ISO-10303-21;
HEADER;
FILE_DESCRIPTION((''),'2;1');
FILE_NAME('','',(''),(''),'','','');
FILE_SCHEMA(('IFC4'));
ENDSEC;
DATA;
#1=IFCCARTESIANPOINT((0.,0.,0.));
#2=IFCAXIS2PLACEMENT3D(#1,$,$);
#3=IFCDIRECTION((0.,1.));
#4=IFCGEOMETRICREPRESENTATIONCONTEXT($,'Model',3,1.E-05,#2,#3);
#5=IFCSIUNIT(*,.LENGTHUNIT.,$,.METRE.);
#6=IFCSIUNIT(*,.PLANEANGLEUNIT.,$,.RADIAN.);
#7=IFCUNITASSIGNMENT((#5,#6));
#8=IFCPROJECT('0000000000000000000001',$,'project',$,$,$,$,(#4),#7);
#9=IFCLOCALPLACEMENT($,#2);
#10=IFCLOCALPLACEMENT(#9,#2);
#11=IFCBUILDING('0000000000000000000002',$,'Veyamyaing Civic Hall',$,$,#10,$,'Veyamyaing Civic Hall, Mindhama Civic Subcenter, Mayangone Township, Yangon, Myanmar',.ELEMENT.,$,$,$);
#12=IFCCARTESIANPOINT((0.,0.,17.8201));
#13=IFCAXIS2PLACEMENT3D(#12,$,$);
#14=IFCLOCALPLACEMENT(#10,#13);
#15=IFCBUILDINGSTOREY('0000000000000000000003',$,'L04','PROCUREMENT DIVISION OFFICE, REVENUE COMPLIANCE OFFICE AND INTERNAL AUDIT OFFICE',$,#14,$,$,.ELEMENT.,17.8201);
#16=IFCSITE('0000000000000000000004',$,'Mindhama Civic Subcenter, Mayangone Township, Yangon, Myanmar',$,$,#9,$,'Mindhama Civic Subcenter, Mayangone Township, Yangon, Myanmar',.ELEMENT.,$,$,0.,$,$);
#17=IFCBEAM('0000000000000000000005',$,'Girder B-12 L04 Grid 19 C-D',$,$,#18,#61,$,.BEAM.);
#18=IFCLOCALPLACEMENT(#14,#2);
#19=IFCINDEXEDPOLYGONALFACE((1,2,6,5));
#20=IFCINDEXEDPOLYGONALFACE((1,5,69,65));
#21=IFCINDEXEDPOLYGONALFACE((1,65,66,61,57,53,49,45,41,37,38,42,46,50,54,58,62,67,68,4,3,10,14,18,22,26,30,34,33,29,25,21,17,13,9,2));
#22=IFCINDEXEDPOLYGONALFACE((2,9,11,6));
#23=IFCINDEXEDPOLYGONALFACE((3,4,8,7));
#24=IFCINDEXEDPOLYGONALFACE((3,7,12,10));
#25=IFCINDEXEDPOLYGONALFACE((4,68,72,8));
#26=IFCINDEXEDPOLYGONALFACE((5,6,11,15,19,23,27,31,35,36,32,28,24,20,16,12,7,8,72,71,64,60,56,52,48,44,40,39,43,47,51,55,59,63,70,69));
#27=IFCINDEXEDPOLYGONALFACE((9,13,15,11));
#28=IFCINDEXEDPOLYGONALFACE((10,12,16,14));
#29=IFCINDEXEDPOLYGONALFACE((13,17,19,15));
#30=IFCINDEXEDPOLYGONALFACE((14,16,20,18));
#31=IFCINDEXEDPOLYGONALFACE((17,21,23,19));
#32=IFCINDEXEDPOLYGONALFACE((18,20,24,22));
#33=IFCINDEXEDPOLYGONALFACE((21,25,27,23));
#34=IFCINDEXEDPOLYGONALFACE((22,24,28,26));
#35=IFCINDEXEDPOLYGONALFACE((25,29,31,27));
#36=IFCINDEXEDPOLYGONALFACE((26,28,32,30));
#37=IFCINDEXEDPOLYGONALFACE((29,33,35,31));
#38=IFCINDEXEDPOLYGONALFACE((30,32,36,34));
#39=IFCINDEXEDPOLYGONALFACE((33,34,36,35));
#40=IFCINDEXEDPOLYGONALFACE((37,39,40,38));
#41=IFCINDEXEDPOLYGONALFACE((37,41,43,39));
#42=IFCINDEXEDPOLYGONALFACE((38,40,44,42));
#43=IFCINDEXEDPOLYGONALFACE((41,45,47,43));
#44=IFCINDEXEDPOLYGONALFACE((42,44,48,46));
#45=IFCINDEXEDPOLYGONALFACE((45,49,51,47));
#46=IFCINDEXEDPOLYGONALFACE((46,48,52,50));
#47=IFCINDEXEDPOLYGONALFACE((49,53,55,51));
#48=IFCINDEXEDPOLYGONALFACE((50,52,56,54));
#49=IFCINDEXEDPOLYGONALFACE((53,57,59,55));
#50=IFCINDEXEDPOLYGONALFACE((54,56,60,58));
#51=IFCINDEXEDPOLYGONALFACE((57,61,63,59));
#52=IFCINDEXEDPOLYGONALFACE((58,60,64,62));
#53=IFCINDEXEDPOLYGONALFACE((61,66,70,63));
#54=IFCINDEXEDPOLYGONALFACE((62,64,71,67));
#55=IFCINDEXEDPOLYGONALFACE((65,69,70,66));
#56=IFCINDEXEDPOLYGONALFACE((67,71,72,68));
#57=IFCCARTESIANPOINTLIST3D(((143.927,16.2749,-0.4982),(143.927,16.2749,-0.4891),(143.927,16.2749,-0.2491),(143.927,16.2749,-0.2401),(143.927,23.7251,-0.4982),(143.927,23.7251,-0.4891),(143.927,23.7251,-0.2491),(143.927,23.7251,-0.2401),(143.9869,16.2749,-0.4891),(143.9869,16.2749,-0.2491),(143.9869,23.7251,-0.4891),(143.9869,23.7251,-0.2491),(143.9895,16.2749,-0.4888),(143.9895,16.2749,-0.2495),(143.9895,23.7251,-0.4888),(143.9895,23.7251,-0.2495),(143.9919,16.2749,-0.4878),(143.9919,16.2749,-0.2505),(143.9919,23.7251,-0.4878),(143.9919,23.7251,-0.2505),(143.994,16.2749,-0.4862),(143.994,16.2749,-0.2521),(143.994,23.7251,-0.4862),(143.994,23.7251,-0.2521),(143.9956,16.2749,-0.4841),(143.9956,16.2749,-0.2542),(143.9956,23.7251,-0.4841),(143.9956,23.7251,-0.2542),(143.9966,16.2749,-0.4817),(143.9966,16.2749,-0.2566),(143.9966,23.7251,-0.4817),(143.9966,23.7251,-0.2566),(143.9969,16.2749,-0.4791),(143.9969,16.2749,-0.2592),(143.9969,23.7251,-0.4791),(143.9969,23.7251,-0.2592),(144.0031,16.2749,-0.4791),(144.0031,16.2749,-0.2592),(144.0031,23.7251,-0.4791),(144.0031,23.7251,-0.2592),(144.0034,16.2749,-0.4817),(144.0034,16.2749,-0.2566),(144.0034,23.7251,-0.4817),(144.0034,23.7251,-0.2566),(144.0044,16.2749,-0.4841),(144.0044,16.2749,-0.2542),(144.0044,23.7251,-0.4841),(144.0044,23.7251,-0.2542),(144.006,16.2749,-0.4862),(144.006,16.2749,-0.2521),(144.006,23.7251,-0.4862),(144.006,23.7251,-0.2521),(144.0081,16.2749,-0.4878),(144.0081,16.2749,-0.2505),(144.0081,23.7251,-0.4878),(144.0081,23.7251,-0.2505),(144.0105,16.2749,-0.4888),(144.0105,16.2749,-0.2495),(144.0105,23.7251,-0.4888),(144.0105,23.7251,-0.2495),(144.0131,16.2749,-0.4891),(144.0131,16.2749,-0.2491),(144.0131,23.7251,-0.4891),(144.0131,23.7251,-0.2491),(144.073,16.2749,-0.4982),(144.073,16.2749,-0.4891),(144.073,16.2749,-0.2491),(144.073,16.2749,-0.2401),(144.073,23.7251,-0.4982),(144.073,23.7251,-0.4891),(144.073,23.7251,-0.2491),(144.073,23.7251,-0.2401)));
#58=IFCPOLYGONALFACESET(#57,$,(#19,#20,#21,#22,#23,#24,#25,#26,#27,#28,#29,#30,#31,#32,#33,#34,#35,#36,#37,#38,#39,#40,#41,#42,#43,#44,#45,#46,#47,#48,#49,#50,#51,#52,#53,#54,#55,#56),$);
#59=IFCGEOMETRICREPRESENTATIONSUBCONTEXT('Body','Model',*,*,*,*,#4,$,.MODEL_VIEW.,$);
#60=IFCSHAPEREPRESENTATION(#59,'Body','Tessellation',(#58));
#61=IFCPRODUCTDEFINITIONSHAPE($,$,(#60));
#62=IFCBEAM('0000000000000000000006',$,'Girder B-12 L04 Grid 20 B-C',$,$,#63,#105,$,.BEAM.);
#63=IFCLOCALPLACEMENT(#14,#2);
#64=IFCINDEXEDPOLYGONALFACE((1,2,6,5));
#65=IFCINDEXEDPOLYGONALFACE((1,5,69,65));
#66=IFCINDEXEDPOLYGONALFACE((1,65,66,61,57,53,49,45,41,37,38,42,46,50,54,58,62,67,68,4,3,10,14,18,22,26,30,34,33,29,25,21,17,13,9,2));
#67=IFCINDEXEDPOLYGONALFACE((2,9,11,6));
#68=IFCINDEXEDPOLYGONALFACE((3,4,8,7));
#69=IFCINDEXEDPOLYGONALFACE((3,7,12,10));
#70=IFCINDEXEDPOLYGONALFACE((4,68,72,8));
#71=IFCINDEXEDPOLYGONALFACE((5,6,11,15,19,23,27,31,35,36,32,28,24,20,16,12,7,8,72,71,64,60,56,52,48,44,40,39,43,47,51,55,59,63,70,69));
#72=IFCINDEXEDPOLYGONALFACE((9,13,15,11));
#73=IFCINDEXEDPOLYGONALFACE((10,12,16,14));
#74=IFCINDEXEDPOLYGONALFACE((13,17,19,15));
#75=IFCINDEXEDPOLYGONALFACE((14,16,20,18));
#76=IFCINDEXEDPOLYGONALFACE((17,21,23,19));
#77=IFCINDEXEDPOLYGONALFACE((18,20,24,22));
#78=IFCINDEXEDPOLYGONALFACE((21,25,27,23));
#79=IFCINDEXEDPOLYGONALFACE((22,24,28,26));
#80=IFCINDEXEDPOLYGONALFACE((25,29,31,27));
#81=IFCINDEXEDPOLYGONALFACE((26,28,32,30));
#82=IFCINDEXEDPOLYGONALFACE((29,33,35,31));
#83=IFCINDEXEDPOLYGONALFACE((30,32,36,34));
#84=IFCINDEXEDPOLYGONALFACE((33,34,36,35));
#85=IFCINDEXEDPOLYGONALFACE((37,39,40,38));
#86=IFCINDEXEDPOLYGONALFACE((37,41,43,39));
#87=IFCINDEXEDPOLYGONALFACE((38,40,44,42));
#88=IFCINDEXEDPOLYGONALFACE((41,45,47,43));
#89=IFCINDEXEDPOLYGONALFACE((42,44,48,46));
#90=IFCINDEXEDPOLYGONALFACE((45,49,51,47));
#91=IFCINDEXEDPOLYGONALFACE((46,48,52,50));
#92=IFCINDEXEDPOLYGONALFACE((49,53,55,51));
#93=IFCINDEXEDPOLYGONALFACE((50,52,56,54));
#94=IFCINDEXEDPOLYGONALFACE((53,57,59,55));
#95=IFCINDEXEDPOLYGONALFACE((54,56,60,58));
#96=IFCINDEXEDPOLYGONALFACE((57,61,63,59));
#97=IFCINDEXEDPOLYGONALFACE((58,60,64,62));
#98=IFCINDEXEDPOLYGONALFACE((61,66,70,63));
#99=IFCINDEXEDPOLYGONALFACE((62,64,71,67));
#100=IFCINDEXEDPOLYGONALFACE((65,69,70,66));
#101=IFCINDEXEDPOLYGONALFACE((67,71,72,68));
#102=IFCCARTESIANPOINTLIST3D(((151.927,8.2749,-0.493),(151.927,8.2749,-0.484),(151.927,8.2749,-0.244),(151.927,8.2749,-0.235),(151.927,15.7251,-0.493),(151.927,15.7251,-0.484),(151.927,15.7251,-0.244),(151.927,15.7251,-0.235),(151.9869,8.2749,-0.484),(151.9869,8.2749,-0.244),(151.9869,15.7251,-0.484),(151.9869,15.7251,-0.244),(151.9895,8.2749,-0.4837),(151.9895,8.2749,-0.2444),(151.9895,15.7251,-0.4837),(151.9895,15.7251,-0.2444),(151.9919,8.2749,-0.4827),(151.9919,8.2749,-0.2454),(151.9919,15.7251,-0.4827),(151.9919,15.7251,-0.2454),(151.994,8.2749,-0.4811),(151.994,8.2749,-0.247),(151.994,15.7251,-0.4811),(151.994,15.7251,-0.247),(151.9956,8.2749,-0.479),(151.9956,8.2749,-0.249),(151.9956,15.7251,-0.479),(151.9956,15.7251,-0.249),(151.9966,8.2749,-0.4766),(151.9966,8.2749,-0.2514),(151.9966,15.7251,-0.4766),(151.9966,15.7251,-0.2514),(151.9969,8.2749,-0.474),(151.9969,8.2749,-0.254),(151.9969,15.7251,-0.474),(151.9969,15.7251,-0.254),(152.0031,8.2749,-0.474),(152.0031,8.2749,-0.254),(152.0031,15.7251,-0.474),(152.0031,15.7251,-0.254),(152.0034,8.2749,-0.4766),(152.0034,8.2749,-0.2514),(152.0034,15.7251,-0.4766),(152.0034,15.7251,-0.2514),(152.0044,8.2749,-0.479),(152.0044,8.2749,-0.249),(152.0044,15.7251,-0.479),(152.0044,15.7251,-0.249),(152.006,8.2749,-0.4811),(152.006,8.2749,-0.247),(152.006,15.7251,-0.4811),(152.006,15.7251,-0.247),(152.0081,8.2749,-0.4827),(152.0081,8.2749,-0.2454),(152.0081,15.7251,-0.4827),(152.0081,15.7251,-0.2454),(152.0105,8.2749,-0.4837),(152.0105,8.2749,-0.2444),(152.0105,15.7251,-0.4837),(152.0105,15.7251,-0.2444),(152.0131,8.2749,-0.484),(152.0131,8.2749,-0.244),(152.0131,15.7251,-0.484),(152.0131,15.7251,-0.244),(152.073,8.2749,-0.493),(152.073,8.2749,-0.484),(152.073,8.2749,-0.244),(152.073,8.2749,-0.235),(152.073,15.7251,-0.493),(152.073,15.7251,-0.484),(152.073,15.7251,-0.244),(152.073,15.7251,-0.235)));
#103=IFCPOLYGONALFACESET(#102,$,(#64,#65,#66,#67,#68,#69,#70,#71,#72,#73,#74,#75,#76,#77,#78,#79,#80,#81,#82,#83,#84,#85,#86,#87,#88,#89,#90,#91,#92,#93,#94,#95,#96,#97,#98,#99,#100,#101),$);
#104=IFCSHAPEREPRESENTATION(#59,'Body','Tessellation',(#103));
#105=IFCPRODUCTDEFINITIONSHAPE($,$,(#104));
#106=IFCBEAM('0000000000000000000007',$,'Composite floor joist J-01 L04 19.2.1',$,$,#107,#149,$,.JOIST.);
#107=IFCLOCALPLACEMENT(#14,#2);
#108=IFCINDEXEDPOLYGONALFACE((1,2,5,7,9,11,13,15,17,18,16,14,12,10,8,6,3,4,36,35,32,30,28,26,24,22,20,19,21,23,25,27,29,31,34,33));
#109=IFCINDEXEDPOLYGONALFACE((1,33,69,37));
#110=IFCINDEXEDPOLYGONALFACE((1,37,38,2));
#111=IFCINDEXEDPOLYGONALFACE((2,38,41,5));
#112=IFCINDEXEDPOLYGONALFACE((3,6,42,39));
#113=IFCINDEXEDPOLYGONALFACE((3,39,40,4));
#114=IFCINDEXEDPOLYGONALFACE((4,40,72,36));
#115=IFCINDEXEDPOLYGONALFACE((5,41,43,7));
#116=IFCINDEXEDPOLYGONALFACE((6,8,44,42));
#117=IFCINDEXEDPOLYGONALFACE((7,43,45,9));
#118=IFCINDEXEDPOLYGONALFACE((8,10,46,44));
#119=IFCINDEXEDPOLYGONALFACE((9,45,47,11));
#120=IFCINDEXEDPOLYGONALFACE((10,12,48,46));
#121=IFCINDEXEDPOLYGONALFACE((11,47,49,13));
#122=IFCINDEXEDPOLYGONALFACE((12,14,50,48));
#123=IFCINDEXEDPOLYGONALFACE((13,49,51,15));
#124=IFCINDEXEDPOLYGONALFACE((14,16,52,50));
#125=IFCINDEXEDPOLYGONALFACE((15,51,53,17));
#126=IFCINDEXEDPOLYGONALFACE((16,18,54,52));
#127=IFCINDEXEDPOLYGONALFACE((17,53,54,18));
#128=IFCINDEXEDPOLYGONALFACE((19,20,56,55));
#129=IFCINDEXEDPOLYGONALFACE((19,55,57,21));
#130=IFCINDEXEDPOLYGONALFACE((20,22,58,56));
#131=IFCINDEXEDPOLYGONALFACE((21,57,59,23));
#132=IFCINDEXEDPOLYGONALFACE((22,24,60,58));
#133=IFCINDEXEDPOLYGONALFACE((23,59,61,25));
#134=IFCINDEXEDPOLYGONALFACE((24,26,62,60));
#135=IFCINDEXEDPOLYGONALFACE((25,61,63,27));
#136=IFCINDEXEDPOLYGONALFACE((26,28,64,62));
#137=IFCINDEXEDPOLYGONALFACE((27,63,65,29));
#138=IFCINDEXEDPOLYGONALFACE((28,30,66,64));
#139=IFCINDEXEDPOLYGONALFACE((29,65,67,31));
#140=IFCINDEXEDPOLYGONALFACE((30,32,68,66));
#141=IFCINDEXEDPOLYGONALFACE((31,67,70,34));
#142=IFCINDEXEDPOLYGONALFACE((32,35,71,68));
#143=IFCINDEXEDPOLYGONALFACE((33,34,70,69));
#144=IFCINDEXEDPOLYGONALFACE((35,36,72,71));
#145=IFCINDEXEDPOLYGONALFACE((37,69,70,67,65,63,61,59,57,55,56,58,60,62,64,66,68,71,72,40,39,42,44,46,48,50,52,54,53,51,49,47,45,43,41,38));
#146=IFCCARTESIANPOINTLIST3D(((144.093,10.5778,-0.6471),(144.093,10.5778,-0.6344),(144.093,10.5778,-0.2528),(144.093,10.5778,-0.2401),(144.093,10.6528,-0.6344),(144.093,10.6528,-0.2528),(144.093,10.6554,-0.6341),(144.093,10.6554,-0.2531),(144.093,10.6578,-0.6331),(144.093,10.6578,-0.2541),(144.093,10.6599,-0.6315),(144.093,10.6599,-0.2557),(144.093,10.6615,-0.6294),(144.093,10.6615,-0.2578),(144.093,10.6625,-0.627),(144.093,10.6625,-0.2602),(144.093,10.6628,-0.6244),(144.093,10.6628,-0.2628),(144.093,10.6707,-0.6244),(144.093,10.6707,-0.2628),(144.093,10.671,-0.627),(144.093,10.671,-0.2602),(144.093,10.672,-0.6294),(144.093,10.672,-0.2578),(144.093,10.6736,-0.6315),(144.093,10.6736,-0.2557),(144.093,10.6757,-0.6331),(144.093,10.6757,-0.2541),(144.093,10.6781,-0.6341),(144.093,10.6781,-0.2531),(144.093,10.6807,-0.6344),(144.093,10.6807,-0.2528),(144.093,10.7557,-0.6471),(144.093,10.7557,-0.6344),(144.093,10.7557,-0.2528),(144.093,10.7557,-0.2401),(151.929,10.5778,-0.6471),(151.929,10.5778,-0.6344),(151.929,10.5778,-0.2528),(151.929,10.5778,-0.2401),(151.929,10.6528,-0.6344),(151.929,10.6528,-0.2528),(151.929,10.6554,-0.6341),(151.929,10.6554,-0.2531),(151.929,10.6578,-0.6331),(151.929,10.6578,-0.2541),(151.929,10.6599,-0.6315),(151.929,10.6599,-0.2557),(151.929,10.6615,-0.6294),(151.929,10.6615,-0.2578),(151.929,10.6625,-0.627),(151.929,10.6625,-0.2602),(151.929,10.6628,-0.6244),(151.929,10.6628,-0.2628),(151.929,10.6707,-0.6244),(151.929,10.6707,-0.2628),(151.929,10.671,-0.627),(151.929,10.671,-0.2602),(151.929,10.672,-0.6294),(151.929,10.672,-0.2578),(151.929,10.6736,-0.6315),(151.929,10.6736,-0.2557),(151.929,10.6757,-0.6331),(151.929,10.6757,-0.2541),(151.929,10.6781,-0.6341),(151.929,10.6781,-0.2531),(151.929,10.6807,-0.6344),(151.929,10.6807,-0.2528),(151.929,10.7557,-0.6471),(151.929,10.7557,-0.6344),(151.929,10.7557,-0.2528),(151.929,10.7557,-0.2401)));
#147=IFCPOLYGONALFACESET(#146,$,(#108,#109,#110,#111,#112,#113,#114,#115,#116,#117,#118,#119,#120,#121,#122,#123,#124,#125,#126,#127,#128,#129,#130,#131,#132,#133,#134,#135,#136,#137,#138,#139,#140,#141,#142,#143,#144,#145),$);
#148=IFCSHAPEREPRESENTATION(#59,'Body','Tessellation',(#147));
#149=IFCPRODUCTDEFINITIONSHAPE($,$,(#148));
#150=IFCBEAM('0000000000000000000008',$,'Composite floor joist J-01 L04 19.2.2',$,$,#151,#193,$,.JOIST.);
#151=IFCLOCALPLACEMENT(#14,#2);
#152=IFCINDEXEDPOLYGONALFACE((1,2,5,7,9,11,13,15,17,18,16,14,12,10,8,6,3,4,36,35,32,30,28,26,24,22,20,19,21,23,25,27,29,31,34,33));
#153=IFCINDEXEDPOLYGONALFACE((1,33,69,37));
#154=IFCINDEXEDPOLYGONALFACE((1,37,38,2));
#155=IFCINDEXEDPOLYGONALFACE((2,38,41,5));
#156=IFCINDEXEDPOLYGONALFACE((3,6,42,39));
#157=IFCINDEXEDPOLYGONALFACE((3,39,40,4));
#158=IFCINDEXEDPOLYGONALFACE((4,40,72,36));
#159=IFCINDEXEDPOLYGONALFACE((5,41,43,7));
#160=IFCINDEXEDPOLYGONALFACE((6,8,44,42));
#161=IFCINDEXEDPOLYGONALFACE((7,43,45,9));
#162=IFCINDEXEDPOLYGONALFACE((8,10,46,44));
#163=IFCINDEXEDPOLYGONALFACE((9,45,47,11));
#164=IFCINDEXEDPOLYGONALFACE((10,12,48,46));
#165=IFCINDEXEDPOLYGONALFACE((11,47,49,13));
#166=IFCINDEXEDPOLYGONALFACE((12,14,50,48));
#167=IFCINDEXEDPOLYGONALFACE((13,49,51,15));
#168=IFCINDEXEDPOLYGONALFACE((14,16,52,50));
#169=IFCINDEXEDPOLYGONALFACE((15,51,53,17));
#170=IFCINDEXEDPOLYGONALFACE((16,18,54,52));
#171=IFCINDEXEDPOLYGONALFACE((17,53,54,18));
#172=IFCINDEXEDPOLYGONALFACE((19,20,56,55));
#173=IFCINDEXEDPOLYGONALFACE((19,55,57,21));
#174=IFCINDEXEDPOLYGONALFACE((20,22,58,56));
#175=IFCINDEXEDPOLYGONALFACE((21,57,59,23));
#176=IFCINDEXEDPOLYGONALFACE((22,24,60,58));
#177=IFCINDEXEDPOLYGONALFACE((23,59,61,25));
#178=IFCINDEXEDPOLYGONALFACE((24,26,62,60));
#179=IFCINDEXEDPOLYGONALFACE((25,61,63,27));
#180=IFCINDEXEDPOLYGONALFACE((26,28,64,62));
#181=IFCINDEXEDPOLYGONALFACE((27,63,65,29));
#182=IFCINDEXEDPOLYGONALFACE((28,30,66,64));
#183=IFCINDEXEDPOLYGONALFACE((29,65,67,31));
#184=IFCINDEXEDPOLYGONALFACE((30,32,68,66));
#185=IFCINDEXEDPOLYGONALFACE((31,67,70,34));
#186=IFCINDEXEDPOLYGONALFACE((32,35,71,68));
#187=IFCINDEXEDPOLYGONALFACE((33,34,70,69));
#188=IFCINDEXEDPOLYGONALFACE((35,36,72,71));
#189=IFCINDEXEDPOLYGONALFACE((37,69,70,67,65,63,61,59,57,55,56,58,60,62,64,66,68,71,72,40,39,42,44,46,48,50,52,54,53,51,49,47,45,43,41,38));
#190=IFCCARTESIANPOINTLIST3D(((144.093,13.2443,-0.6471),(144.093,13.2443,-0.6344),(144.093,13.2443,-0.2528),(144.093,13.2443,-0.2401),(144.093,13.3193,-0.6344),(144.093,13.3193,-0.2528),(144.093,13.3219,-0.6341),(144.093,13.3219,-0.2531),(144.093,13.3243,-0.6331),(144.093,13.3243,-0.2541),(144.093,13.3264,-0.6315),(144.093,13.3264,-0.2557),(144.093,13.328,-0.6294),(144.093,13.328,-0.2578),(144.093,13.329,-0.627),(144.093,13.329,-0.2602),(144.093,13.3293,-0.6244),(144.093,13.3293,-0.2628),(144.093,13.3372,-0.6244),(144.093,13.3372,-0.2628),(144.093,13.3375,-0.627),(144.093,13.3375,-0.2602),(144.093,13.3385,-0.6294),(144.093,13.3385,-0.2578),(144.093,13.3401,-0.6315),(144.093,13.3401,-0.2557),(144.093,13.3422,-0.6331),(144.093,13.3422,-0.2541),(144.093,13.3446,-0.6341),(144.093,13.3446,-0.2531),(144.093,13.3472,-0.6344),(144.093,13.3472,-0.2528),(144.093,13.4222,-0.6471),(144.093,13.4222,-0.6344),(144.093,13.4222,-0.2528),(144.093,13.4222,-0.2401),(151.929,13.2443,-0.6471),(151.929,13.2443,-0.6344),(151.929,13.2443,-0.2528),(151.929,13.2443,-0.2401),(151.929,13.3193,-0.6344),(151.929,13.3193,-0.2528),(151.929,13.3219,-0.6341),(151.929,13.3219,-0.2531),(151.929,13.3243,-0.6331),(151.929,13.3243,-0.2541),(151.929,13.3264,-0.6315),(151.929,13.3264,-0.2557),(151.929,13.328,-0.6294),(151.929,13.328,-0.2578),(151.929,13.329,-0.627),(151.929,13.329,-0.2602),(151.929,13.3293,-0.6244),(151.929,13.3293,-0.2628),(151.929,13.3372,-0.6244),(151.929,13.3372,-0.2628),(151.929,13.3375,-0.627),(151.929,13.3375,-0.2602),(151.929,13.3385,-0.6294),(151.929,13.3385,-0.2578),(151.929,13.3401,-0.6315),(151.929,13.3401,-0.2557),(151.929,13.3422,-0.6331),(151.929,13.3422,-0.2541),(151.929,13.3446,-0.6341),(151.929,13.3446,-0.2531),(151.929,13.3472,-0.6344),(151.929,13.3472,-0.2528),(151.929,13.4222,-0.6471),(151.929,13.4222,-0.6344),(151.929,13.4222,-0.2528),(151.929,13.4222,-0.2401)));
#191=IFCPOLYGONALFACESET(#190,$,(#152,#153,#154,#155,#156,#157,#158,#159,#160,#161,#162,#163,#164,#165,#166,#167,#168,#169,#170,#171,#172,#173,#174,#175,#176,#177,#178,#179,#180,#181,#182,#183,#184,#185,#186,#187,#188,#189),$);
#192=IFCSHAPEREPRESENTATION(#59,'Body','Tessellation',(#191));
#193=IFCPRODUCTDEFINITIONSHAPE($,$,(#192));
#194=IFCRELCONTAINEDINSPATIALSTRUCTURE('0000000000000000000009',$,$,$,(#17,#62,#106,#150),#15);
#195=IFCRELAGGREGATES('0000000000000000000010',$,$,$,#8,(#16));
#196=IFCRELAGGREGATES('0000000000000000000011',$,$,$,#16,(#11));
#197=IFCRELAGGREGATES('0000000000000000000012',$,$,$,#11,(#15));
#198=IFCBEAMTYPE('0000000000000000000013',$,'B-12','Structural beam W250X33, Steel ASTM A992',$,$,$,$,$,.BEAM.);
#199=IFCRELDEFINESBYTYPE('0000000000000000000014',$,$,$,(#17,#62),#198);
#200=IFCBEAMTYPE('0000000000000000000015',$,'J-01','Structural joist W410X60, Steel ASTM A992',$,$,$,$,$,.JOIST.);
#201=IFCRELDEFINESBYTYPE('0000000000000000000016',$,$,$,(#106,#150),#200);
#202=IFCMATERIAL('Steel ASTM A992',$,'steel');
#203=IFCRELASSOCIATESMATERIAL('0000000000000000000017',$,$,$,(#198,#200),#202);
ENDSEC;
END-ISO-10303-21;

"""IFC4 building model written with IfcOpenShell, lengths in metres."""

from ifc_helpers import new_model, si_unit, direction, frame, origin, origin_2d, place, context, subcontext, project, spatial, i_section, extrude, material, material_profile, profile_set, type_object, element, save


model = new_model("IFC4")

# Units and contexts
model_context = context("Model", 3, precision=1e-05, world=origin(), true_north=direction((0.0, 1.0)))
body_context = subcontext(model_context, "Body", "Model", "MODEL_VIEW")
ifc_project = project(units=[si_unit("LENGTHUNIT", "METRE"), si_unit("PLANEANGLEUNIT", "RADIAN")], contexts=[model_context])

# Site, building, storey
site_placement = place(None, origin())
site = spatial("IfcSite", under=ifc_project, at=site_placement, Name="Mindhama Civic Subcenter, Mayangone Township, Yangon, Myanmar", LongName="Mindhama Civic Subcenter, Mayangone Township, Yangon, Myanmar", CompositionType="ELEMENT", RefElevation=0.0)
building_placement = place(site_placement, origin())
building = spatial("IfcBuilding", under=site, at=building_placement, Name="Veyamyaing Civic Hall", LongName="Veyamyaing Civic Hall, Mindhama Civic Subcenter, Mayangone Township, Yangon, Myanmar", CompositionType="ELEMENT")
storey_placement = place(building_placement, frame((0.0, 0.0, 17.8201)))
storey = spatial("IfcBuildingStorey", under=building, at=storey_placement, Name="L04", Description="PROCUREMENT DIVISION OFFICE, REVENUE COMPLIANCE OFFICE AND INTERNAL AUDIT OFFICE", CompositionType="ELEMENT", Elevation=17.8201)

# Beams
ifc_material_1 = material(Name="Steel ASTM A992", Category="steel")
ifc_material_profile_1 = material_profile(ifc_material_1, i_section(OverallWidth=0.146, OverallDepth=0.2581, WebThickness=0.0061, FlangeThickness=0.009, FilletRadius=0.01, at=origin_2d()), Name="W250X33")
ifc_profile_set_1 = profile_set([ifc_material_profile_1], Name="Steel ASTM A992")
beam_type_1 = type_object("IfcBeamType", Name="B-12", Description="Structural beam W250X33, Steel ASTM A992", PredefinedType="BEAM", material=ifc_profile_set_1)
for number, where, z_axis, x_axis, name in (
    (1, (144.0, 16.2749, -0.3691), (0.0, 1.0, 0.0), (-1.0, 0.0, 0.0), "Girder B-12 L04 Grid 19 C-D"),
    (2, (152.0, 8.2749, -0.364), (0.0, 1.0, 0.0), (-1.0, 0.0, 0.0), "Girder B-12 L04 Grid 20 B-C"),
):
    element("IfcBeam", number, at=place(storey_placement, frame(where, z_axis=z_axis, x_axis=x_axis)), inside=storey, type_object=beam_type_1, Name=name, PredefinedType="BEAM", context=body_context, shape_type="SweptSolid", body=[
        extrude(i_section(OverallWidth=0.146, OverallDepth=0.2581, WebThickness=0.0061, FlangeThickness=0.009, FilletRadius=0.01, at=origin_2d()), origin(), (0.0, 0.0, 1.0), 7.4502),
    ])
ifc_material_profile_2 = material_profile(ifc_material_1, i_section(OverallWidth=0.178, OverallDepth=0.407, WebThickness=0.0078, FlangeThickness=0.0127, FilletRadius=0.01, at=origin_2d()), Name="W410X60")
ifc_profile_set_2 = profile_set([ifc_material_profile_2], Name="Steel ASTM A992")
beam_type_2 = type_object("IfcBeamType", Name="J-01", Description="Structural joist W410X60, Steel ASTM A992", PredefinedType="JOIST", material=ifc_profile_set_2)
for number, where, z_axis, x_axis, name in (
    (3, (144.093, 10.6667, -0.4436), (1.0, 0.0, 0.0), (0.0, 1.0, 0.0), "Composite floor joist J-01 L04 19.2.1"),
    (4, (144.093, 13.3333, -0.4436), (1.0, 0.0, 0.0), (0.0, 1.0, 0.0), "Composite floor joist J-01 L04 19.2.2"),
):
    element("IfcBeam", number, at=place(storey_placement, frame(where, z_axis=z_axis, x_axis=x_axis)), inside=storey, type_object=beam_type_2, Name=name, PredefinedType="JOIST", context=body_context, shape_type="SweptSolid", body=[
        extrude(i_section(OverallWidth=0.178, OverallDepth=0.407, WebThickness=0.0078, FlangeThickness=0.0127, FilletRadius=0.01, at=origin_2d()), origin(), (0.0, 0.0, 1.0), 7.8359),
    ])

save(model, "model.ifc")
